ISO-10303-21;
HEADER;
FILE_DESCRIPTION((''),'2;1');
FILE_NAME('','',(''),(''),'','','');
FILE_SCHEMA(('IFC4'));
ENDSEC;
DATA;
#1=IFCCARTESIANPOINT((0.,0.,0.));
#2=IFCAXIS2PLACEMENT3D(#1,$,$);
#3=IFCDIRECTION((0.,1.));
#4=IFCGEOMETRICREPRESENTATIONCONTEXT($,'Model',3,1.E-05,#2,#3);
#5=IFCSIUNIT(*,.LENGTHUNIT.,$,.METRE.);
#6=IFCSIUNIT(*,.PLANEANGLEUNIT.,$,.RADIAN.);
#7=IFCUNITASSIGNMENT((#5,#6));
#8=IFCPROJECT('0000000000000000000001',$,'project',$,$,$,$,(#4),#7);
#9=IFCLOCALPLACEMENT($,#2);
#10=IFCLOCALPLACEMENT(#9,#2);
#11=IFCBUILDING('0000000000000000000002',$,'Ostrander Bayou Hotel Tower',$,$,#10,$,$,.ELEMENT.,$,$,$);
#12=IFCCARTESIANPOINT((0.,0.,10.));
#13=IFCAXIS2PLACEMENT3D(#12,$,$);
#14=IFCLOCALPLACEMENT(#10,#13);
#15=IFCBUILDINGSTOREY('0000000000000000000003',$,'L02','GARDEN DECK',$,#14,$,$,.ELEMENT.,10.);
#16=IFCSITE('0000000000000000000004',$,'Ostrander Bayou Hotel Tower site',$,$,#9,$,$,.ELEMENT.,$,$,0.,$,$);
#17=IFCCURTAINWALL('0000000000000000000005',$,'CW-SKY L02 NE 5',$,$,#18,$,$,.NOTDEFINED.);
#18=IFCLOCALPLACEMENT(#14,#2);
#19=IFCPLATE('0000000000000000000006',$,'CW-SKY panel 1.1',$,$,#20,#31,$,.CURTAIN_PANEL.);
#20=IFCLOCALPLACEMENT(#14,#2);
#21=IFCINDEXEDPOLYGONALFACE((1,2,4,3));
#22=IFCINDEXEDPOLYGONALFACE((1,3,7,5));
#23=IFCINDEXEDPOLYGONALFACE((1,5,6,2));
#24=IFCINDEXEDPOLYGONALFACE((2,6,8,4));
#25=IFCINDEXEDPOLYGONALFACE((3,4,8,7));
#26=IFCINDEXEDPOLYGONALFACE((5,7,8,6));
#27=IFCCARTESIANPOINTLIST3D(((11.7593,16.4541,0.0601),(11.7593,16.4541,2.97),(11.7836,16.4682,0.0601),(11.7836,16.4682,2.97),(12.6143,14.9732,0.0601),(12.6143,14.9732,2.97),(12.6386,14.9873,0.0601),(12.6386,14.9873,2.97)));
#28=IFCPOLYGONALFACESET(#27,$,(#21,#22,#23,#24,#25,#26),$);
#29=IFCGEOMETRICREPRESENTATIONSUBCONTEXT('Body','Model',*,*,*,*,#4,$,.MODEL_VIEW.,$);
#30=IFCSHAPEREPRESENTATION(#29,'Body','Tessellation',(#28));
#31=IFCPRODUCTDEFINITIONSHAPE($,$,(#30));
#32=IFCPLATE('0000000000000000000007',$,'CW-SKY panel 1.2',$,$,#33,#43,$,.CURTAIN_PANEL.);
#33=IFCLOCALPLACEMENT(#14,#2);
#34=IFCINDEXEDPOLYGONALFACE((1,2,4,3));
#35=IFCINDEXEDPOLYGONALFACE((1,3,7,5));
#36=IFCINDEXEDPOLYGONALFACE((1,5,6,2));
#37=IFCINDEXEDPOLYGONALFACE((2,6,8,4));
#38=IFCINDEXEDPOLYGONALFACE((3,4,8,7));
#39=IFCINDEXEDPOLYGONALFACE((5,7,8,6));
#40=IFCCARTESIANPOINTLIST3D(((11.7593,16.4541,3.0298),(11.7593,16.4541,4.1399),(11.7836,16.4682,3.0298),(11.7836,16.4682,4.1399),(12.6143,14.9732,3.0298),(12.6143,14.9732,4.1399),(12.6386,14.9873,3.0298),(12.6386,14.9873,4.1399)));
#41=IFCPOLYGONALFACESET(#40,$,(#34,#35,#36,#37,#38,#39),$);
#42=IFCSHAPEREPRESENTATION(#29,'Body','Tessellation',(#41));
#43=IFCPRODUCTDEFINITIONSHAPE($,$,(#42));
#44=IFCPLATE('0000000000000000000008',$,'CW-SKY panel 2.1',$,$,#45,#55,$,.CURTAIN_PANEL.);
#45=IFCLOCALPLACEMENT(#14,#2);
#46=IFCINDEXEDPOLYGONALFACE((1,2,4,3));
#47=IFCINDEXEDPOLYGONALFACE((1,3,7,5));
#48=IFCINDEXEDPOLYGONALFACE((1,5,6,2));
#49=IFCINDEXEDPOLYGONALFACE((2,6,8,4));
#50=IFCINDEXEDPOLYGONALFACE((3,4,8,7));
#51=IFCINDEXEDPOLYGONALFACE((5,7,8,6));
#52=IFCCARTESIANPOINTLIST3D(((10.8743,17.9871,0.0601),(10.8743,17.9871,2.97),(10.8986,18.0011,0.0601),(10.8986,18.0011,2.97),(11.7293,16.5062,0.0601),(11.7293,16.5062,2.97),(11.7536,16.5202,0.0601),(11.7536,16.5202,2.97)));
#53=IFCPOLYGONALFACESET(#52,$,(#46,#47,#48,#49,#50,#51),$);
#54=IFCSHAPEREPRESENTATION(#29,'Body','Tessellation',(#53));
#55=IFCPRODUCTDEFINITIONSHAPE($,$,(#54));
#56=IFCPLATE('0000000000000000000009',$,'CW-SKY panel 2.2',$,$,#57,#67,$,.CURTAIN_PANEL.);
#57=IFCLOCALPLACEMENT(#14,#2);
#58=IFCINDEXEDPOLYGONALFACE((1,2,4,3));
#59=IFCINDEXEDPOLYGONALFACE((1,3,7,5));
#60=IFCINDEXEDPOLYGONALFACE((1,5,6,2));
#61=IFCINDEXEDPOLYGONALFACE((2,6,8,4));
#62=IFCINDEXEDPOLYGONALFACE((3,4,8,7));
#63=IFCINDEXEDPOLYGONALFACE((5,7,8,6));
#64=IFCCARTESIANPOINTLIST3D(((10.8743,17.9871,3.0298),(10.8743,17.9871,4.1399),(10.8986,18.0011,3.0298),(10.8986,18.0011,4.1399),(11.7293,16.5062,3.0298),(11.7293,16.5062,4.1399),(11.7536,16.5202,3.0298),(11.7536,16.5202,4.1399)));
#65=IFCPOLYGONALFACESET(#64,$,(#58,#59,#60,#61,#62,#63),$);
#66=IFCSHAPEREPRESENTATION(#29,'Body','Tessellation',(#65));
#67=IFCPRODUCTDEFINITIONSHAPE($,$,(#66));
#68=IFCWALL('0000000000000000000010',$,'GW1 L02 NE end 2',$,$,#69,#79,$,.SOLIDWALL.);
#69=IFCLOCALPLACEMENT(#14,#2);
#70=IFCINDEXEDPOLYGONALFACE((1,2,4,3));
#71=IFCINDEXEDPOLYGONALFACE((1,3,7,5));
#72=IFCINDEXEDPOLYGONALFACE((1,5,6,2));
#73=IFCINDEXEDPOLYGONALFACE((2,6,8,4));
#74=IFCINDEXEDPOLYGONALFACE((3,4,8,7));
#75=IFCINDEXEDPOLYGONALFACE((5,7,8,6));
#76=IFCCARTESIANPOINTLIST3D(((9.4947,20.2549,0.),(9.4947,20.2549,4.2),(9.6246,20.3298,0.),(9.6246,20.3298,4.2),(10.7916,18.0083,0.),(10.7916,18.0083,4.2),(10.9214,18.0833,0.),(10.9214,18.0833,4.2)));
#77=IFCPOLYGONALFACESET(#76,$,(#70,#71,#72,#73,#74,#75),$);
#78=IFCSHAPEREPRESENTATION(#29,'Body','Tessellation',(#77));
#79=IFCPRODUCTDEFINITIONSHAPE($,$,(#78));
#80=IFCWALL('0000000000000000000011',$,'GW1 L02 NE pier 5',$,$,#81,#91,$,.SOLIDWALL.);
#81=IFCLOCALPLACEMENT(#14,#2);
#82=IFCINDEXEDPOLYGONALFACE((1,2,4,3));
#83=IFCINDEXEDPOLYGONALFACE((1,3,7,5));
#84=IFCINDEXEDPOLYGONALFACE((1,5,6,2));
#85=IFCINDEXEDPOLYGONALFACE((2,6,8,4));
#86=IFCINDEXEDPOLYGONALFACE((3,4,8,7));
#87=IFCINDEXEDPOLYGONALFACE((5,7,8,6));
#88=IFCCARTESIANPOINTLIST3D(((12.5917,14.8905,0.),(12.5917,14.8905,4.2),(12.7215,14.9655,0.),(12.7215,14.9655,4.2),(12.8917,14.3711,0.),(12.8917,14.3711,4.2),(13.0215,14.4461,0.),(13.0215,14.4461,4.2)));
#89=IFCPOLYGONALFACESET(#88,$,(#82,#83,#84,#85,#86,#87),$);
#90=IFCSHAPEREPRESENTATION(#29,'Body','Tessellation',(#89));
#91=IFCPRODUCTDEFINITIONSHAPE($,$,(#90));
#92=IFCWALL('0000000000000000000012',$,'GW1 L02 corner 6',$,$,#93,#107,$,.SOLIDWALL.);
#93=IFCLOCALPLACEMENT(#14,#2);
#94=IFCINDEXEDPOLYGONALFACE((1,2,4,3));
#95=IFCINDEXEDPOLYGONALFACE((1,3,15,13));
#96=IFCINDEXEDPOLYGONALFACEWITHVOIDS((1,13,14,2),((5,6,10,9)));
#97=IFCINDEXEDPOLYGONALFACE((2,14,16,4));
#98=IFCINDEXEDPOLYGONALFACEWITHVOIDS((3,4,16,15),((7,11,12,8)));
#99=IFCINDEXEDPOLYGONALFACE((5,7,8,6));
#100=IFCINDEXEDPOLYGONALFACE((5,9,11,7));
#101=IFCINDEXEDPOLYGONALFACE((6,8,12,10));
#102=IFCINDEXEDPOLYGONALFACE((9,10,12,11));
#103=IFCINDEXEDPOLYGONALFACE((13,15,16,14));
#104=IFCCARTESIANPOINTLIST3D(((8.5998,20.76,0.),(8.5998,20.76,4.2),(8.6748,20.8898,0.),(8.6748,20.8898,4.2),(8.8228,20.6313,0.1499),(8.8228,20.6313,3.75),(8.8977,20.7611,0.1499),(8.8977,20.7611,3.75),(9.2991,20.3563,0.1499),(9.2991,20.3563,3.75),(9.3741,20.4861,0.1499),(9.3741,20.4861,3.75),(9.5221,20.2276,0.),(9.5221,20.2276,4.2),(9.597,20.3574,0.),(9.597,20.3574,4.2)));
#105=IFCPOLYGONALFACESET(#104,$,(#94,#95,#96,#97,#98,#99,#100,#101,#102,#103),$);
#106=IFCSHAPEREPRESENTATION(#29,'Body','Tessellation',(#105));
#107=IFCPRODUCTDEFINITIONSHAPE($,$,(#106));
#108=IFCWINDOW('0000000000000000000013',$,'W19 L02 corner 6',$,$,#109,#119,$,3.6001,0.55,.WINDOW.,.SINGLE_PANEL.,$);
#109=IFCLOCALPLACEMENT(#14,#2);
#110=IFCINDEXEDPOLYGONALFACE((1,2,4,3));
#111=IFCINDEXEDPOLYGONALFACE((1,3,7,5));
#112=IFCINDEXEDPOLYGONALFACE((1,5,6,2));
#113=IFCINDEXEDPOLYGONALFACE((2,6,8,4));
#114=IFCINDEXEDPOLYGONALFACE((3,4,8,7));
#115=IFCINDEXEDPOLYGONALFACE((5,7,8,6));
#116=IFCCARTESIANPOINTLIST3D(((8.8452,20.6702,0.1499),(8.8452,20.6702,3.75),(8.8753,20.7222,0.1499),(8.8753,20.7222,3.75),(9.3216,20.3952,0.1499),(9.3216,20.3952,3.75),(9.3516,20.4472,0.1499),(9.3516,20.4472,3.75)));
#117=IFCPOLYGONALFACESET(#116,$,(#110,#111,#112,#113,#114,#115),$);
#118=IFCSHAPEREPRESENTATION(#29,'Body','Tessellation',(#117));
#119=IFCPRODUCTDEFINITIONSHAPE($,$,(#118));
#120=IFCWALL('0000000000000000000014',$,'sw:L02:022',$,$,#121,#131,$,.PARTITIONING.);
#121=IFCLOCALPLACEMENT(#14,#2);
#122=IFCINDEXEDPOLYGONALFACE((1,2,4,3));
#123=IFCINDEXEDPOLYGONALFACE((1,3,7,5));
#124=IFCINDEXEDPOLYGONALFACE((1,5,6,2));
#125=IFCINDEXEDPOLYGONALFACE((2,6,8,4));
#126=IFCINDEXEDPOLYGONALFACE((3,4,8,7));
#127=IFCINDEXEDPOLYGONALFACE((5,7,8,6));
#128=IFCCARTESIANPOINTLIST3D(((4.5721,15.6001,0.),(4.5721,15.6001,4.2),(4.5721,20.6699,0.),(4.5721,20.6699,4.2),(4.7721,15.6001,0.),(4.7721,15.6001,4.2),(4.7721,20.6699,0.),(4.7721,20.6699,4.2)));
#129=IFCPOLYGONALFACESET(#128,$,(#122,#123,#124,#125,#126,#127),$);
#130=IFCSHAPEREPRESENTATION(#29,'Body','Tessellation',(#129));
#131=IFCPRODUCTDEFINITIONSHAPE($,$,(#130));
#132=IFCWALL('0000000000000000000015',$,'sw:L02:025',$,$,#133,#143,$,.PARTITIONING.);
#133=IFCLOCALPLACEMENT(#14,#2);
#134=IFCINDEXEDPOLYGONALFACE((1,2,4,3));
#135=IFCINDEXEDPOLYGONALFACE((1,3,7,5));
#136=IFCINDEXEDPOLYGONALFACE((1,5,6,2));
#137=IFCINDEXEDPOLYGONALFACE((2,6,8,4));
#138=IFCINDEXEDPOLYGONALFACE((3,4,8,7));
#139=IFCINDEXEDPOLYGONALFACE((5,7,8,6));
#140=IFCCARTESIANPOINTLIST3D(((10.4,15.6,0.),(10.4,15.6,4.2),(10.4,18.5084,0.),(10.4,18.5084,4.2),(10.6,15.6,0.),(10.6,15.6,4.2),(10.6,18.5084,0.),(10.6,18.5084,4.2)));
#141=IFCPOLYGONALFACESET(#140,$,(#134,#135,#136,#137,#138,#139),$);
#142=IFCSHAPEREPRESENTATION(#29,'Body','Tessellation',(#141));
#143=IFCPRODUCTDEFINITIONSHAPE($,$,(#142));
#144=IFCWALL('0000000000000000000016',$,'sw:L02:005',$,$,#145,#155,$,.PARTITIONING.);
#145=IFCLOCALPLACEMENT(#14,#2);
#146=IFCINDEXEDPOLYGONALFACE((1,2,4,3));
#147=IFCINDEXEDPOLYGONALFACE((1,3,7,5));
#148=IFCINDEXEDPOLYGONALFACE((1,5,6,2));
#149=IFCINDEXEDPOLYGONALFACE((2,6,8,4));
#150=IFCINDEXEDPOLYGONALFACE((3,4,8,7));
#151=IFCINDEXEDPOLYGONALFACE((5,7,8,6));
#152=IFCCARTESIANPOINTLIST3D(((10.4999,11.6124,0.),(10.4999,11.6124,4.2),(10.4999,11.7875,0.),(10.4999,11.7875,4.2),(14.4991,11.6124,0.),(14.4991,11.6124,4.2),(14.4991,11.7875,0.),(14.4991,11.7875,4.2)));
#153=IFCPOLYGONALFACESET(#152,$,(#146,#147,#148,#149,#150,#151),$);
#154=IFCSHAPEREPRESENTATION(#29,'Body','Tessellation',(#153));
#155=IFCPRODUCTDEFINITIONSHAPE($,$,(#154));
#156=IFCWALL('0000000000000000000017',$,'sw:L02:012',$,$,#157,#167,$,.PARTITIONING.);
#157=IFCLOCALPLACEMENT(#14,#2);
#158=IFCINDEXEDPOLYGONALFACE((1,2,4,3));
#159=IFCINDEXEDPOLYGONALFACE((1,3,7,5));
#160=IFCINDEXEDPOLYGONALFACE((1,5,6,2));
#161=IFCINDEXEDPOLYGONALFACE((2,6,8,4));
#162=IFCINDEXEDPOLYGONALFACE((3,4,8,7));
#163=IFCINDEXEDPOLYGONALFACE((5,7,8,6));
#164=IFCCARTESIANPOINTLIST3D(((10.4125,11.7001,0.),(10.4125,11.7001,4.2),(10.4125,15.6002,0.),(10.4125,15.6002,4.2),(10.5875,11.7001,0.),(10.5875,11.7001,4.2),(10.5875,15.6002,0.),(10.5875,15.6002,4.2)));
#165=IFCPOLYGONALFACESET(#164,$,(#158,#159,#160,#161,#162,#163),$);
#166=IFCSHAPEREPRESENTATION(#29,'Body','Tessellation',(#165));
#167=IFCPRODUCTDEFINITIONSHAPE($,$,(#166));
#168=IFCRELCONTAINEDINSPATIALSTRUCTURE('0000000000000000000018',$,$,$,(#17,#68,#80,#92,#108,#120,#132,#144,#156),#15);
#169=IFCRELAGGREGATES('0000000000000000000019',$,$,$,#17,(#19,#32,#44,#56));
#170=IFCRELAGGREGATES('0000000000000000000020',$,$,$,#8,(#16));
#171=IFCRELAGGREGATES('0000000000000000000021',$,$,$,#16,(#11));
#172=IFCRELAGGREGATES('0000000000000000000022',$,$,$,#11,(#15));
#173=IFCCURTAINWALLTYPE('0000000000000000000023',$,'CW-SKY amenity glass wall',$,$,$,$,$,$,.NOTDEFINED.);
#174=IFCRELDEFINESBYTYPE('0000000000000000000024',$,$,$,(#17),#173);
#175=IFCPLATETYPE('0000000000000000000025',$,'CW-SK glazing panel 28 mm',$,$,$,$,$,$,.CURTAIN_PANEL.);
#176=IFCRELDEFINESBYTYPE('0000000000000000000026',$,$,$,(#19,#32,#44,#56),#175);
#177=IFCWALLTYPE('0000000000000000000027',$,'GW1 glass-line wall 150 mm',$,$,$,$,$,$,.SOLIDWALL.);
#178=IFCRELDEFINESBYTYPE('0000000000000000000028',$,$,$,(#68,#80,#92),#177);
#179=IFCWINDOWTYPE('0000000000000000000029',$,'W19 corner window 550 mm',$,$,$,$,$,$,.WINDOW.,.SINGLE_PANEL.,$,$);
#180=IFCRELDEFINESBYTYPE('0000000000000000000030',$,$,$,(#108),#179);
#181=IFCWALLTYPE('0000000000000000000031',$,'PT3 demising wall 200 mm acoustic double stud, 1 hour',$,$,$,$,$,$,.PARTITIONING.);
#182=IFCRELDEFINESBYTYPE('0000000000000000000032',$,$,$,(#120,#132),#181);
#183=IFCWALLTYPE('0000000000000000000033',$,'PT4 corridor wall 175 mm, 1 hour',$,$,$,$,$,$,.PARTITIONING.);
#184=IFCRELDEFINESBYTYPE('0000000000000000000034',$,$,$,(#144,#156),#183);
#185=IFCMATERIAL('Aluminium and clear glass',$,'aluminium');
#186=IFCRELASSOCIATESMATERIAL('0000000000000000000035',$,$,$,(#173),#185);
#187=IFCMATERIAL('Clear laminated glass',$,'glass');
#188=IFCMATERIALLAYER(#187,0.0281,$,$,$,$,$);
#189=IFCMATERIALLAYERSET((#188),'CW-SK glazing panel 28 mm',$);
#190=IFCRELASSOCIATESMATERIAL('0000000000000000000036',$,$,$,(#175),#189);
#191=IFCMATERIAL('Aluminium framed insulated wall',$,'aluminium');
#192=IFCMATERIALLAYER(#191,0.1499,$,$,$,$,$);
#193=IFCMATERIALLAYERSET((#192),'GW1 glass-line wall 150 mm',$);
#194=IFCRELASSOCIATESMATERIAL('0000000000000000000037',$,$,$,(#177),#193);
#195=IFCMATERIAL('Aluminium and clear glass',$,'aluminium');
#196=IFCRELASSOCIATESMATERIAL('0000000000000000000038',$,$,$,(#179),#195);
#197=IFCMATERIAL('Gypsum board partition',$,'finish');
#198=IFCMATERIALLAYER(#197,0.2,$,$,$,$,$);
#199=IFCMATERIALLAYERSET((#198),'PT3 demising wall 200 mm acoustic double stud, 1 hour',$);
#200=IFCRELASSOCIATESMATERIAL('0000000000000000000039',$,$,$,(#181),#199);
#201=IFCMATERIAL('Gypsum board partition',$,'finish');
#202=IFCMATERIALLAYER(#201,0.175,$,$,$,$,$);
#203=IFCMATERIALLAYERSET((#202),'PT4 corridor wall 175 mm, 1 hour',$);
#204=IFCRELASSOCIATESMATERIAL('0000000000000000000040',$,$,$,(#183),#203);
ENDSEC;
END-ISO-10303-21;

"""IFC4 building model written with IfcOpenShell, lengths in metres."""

from ifc_helpers import new_model, si_unit, direction, frame, frame_2d, origin, origin_2d, place, context, subcontext, project, spatial, rectangle, extrude, material, layer, layer_set, type_object, element, fill, aggregate, save


model = new_model("IFC4")

# Units and contexts
model_context = context("Model", 3, precision=1e-05, world=origin(), true_north=direction((0.0, 1.0)))
body_context = subcontext(model_context, "Body", "Model", "MODEL_VIEW")
ifc_project = project(units=[si_unit("LENGTHUNIT", "METRE"), si_unit("PLANEANGLEUNIT", "RADIAN")], contexts=[model_context])

# Site, building, storey
site_placement = place(None, origin())
site = spatial("IfcSite", under=ifc_project, at=site_placement, Name="Ostrander Bayou Hotel Tower site", CompositionType="ELEMENT", RefElevation=0.0)
building_placement = place(site_placement, origin())
building = spatial("IfcBuilding", under=site, at=building_placement, Name="Ostrander Bayou Hotel Tower", CompositionType="ELEMENT")
storey_placement = place(building_placement, frame((0.0, 0.0, 10.0)))
storey = spatial("IfcBuildingStorey", under=building, at=storey_placement, Name="L02", Description="GARDEN DECK", CompositionType="ELEMENT", Elevation=10.0)

# Shared definitions
ifc_material_1 = material(Name="Aluminium and clear glass", Category="aluminium")
curtain_wall_type = type_object("IfcCurtainWallType", Name="CW-SKY amenity glass wall", PredefinedType="NOTDEFINED", material=ifc_material_1)

# Curtain wall
curtain_wall_1_placement = place(storey_placement, origin())
curtain_wall_1 = element("IfcCurtainWall", 1, at=curtain_wall_1_placement, inside=storey, type_object=curtain_wall_type, Name="CW-SKY L02 NE 5", PredefinedType="NOTDEFINED")

# Plates
ifc_material_2 = material(Name="Clear laminated glass", Category="glass")
ifc_layer_1 = layer(ifc_material_2, 0.0281)
ifc_layer_set_1 = layer_set([ifc_layer_1], Name="CW-SK glazing panel 28 mm")
plate_type = type_object("IfcPlateType", Name="CW-SK glazing panel 28 mm", PredefinedType="CURTAIN_PANEL", material=ifc_layer_set_1)
plate_1_placement = place(storey_placement, frame((12.199, 15.7207, 0.0601), z_axis=(0.0, 0.0, 1.0), x_axis=(-0.499999, 0.866026, 0.0)))
plate_1 = element("IfcPlate", 2, at=plate_1_placement, type_object=plate_type, Name="CW-SKY panel 1.1", PredefinedType="CURTAIN_PANEL", context=body_context, shape_type="SweptSolid", body=[
    extrude(rectangle(XDim=1.71, YDim=0.0281, at=origin_2d()), origin(), (0.0, 0.0, 1.0), 2.9099),
])
plate_2_placement = place(storey_placement, frame((12.199, 15.7207, 3.0298), z_axis=(0.0, 0.0, 1.0), x_axis=(-0.499999, 0.866026, 0.0)))
plate_2 = element("IfcPlate", 3, at=plate_2_placement, type_object=plate_type, Name="CW-SKY panel 1.2", PredefinedType="CURTAIN_PANEL", context=body_context, shape_type="SweptSolid", body=[
    extrude(rectangle(XDim=1.71, YDim=0.0281, at=origin_2d()), origin(), (0.0, 0.0, 1.0), 1.1101),
])
plate_3_placement = place(storey_placement, frame((11.314, 17.2537, 0.0601), z_axis=(0.0, 0.0, 1.0), x_axis=(-0.499999, 0.866026, 0.0)))
plate_3 = element("IfcPlate", 4, at=plate_3_placement, type_object=plate_type, Name="CW-SKY panel 2.1", PredefinedType="CURTAIN_PANEL", context=body_context, shape_type="SweptSolid", body=[
    extrude(rectangle(XDim=1.71, YDim=0.0281, at=origin_2d()), origin(), (0.0, 0.0, 1.0), 2.9099),
])
plate_4_placement = place(storey_placement, frame((11.314, 17.2537, 3.0298), z_axis=(0.0, 0.0, 1.0), x_axis=(-0.499999, 0.866026, 0.0)))
plate_4 = element("IfcPlate", 5, at=plate_4_placement, type_object=plate_type, Name="CW-SKY panel 2.2", PredefinedType="CURTAIN_PANEL", context=body_context, shape_type="SweptSolid", body=[
    extrude(rectangle(XDim=1.71, YDim=0.0281, at=origin_2d()), origin(), (0.0, 0.0, 1.0), 1.1101),
])
aggregate(curtain_wall_1, [plate_1, plate_2, plate_3, plate_4])

# Walls
ifc_material_3 = material(Name="Aluminium framed insulated wall", Category="aluminium")
ifc_layer_2 = layer(ifc_material_3, 0.1499)
ifc_layer_set_2 = layer_set([ifc_layer_2], Name="GW1 glass-line wall 150 mm")
wall_type_1 = type_object("IfcWallType", Name="GW1 glass-line wall 150 mm", PredefinedType="SOLIDWALL", material=ifc_layer_set_2)
wall_1_placement = place(storey_placement, frame((10.8564, 18.0459, 0.0), z_axis=(0.0, 0.0, 1.0), x_axis=(-0.499945, 0.866057, 0.0)))
element("IfcWall", 6, at=wall_1_placement, inside=storey, type_object=wall_type_1, Name="GW1 L02 NE end 2", PredefinedType="SOLIDWALL", context=body_context, shape_type="SweptSolid", body=[
    extrude(rectangle(XDim=2.594, YDim=0.1499, at=frame_2d((1.2969, 0.0))), origin(), (0.0, 0.0, 1.0), 4.2),
])
wall_2_placement = place(storey_placement, frame((12.9565, 14.4087, 0.0), z_axis=(0.0, 0.0, 1.0), x_axis=(-0.500122, 0.865955, 0.0)))
element("IfcWall", 7, at=wall_2_placement, inside=storey, type_object=wall_type_1, Name="GW1 L02 NE pier 5", PredefinedType="SOLIDWALL", context=body_context, shape_type="SweptSolid", body=[
    extrude(rectangle(XDim=0.5999, YDim=0.1499, at=frame_2d((0.2998, 0.0))), origin(), (0.0, 0.0, 1.0), 4.2),
])

# Wall, opening, window
wall_3_placement = place(storey_placement, frame((9.5596, 20.2925, 0.0), z_axis=(0.0, 0.0, 1.0), x_axis=(-0.866048, 0.499961, 0.0)))
wall_3 = element("IfcWall", 8, at=wall_3_placement, inside=storey, type_object=wall_type_1, Name="GW1 L02 corner 6", PredefinedType="SOLIDWALL", context=body_context, shape_type="SweptSolid", body=[
    extrude(rectangle(XDim=1.0649, YDim=0.1499, at=frame_2d((0.5325, 0.0))), origin(), (0.0, 0.0, 1.0), 4.2),
])
opening_1_placement = place(wall_3_placement, frame((0.2576, 0.0, 0.1499)))
opening_1 = element("IfcOpeningElement", 9, at=opening_1_placement, cuts=wall_3, PredefinedType="OPENING", context=body_context, shape_type="SweptSolid", body=[
    extrude(rectangle(XDim=0.55, YDim=3.6001, at=frame_2d((0.2749, 1.8))), frame((0.0, 0.075, 0.0), z_axis=(0.0, -1.0, 0.0), x_axis=(1.0, 0.0, 0.0)), (0.0, 0.0, 1.0), 0.1499),
])
ifc_material_4 = material(Name="Aluminium and clear glass", Category="aluminium")
window_type = type_object("IfcWindowType", Name="W19 corner window 550 mm", PartitioningType="SINGLE_PANEL", PredefinedType="WINDOW", material=ifc_material_4)
window_placement = place(opening_1_placement, origin())
window = element("IfcWindow", 10, at=window_placement, inside=storey, type_object=window_type, Name="W19 L02 corner 6", OverallHeight=3.6001, OverallWidth=0.55, PartitioningType="SINGLE_PANEL", PredefinedType="WINDOW", context=body_context, shape_type="SweptSolid", body=[
    extrude(rectangle(XDim=0.55, YDim=3.6001, at=frame_2d((0.2749, 1.8))), frame((0.0, 0.03, 0.0), z_axis=(0.0, -1.0, 0.0), x_axis=(1.0, 0.0, 0.0)), (0.0, 0.0, 1.0), 0.0601),
])
fill(opening_1, window)

# Walls
ifc_material_5 = material(Name="Gypsum board partition", Category="finish")
ifc_layer_3 = layer(ifc_material_5, 0.2)
ifc_layer_set_3 = layer_set([ifc_layer_3], Name="PT3 demising wall 200 mm acoustic double stud, 1 hour")
wall_type_2 = type_object("IfcWallType", Name="PT3 demising wall 200 mm acoustic double stud, 1 hour", PredefinedType="PARTITIONING", material=ifc_layer_set_3)
wall_4_placement = place(storey_placement, frame((4.6721, 15.6001, 0.0), z_axis=(0.0, 0.0, 1.0), x_axis=(0.0, 1.0, 0.0)))
element("IfcWall", 11, at=wall_4_placement, inside=storey, type_object=wall_type_2, Name="sw:L02:022", PredefinedType="PARTITIONING", context=body_context, shape_type="SweptSolid", body=[
    extrude(rectangle(XDim=5.0698, YDim=0.2, at=frame_2d((2.5349, 0.0))), origin(), (0.0, 0.0, 1.0), 4.2),
])
wall_5_placement = place(storey_placement, frame((10.5, 15.6001, 0.0), z_axis=(0.0, 0.0, 1.0), x_axis=(0.0, 1.0, 0.0)))
element("IfcWall", 12, at=wall_5_placement, inside=storey, type_object=wall_type_2, Name="sw:L02:025", PredefinedType="PARTITIONING", context=body_context, shape_type="SweptSolid", body=[
    extrude(rectangle(XDim=2.9084, YDim=0.2, at=frame_2d((1.4541, 0.0))), origin(), (0.0, 0.0, 1.0), 4.2),
])
ifc_material_6 = material(Name="Gypsum board partition", Category="finish")
ifc_layer_4 = layer(ifc_material_6, 0.175)
ifc_layer_set_4 = layer_set([ifc_layer_4], Name="PT4 corridor wall 175 mm, 1 hour")
wall_type_3 = type_object("IfcWallType", Name="PT4 corridor wall 175 mm, 1 hour", PredefinedType="PARTITIONING", material=ifc_layer_set_4)
wall_6_placement = place(storey_placement, frame((10.5, 11.7, 0.0), z_axis=(0.0, 0.0, 1.0), x_axis=(1.0, 0.0, 0.0)))
element("IfcWall", 13, at=wall_6_placement, inside=storey, type_object=wall_type_3, Name="sw:L02:005", PredefinedType="PARTITIONING", context=body_context, shape_type="SweptSolid", body=[
    extrude(rectangle(XDim=3.9993, YDim=0.175, at=frame_2d((1.9995, 0.0))), origin(), (0.0, 0.0, 1.0), 4.2),
])

# Wall
wall_7_placement = place(storey_placement, frame((10.5, 11.7, 0.0), z_axis=(0.0, 0.0, 1.0), x_axis=(0.0, 1.0, 0.0)))
element("IfcWall", 14, at=wall_7_placement, inside=storey, type_object=wall_type_3, Name="sw:L02:012", PredefinedType="PARTITIONING", context=body_context, shape_type="SweptSolid", body=[
    extrude(rectangle(XDim=3.9001, YDim=0.175, at=frame_2d((1.9502, 0.0))), origin(), (0.0, 0.0, 1.0), 4.2),
])

save(model, "model.ifc")
